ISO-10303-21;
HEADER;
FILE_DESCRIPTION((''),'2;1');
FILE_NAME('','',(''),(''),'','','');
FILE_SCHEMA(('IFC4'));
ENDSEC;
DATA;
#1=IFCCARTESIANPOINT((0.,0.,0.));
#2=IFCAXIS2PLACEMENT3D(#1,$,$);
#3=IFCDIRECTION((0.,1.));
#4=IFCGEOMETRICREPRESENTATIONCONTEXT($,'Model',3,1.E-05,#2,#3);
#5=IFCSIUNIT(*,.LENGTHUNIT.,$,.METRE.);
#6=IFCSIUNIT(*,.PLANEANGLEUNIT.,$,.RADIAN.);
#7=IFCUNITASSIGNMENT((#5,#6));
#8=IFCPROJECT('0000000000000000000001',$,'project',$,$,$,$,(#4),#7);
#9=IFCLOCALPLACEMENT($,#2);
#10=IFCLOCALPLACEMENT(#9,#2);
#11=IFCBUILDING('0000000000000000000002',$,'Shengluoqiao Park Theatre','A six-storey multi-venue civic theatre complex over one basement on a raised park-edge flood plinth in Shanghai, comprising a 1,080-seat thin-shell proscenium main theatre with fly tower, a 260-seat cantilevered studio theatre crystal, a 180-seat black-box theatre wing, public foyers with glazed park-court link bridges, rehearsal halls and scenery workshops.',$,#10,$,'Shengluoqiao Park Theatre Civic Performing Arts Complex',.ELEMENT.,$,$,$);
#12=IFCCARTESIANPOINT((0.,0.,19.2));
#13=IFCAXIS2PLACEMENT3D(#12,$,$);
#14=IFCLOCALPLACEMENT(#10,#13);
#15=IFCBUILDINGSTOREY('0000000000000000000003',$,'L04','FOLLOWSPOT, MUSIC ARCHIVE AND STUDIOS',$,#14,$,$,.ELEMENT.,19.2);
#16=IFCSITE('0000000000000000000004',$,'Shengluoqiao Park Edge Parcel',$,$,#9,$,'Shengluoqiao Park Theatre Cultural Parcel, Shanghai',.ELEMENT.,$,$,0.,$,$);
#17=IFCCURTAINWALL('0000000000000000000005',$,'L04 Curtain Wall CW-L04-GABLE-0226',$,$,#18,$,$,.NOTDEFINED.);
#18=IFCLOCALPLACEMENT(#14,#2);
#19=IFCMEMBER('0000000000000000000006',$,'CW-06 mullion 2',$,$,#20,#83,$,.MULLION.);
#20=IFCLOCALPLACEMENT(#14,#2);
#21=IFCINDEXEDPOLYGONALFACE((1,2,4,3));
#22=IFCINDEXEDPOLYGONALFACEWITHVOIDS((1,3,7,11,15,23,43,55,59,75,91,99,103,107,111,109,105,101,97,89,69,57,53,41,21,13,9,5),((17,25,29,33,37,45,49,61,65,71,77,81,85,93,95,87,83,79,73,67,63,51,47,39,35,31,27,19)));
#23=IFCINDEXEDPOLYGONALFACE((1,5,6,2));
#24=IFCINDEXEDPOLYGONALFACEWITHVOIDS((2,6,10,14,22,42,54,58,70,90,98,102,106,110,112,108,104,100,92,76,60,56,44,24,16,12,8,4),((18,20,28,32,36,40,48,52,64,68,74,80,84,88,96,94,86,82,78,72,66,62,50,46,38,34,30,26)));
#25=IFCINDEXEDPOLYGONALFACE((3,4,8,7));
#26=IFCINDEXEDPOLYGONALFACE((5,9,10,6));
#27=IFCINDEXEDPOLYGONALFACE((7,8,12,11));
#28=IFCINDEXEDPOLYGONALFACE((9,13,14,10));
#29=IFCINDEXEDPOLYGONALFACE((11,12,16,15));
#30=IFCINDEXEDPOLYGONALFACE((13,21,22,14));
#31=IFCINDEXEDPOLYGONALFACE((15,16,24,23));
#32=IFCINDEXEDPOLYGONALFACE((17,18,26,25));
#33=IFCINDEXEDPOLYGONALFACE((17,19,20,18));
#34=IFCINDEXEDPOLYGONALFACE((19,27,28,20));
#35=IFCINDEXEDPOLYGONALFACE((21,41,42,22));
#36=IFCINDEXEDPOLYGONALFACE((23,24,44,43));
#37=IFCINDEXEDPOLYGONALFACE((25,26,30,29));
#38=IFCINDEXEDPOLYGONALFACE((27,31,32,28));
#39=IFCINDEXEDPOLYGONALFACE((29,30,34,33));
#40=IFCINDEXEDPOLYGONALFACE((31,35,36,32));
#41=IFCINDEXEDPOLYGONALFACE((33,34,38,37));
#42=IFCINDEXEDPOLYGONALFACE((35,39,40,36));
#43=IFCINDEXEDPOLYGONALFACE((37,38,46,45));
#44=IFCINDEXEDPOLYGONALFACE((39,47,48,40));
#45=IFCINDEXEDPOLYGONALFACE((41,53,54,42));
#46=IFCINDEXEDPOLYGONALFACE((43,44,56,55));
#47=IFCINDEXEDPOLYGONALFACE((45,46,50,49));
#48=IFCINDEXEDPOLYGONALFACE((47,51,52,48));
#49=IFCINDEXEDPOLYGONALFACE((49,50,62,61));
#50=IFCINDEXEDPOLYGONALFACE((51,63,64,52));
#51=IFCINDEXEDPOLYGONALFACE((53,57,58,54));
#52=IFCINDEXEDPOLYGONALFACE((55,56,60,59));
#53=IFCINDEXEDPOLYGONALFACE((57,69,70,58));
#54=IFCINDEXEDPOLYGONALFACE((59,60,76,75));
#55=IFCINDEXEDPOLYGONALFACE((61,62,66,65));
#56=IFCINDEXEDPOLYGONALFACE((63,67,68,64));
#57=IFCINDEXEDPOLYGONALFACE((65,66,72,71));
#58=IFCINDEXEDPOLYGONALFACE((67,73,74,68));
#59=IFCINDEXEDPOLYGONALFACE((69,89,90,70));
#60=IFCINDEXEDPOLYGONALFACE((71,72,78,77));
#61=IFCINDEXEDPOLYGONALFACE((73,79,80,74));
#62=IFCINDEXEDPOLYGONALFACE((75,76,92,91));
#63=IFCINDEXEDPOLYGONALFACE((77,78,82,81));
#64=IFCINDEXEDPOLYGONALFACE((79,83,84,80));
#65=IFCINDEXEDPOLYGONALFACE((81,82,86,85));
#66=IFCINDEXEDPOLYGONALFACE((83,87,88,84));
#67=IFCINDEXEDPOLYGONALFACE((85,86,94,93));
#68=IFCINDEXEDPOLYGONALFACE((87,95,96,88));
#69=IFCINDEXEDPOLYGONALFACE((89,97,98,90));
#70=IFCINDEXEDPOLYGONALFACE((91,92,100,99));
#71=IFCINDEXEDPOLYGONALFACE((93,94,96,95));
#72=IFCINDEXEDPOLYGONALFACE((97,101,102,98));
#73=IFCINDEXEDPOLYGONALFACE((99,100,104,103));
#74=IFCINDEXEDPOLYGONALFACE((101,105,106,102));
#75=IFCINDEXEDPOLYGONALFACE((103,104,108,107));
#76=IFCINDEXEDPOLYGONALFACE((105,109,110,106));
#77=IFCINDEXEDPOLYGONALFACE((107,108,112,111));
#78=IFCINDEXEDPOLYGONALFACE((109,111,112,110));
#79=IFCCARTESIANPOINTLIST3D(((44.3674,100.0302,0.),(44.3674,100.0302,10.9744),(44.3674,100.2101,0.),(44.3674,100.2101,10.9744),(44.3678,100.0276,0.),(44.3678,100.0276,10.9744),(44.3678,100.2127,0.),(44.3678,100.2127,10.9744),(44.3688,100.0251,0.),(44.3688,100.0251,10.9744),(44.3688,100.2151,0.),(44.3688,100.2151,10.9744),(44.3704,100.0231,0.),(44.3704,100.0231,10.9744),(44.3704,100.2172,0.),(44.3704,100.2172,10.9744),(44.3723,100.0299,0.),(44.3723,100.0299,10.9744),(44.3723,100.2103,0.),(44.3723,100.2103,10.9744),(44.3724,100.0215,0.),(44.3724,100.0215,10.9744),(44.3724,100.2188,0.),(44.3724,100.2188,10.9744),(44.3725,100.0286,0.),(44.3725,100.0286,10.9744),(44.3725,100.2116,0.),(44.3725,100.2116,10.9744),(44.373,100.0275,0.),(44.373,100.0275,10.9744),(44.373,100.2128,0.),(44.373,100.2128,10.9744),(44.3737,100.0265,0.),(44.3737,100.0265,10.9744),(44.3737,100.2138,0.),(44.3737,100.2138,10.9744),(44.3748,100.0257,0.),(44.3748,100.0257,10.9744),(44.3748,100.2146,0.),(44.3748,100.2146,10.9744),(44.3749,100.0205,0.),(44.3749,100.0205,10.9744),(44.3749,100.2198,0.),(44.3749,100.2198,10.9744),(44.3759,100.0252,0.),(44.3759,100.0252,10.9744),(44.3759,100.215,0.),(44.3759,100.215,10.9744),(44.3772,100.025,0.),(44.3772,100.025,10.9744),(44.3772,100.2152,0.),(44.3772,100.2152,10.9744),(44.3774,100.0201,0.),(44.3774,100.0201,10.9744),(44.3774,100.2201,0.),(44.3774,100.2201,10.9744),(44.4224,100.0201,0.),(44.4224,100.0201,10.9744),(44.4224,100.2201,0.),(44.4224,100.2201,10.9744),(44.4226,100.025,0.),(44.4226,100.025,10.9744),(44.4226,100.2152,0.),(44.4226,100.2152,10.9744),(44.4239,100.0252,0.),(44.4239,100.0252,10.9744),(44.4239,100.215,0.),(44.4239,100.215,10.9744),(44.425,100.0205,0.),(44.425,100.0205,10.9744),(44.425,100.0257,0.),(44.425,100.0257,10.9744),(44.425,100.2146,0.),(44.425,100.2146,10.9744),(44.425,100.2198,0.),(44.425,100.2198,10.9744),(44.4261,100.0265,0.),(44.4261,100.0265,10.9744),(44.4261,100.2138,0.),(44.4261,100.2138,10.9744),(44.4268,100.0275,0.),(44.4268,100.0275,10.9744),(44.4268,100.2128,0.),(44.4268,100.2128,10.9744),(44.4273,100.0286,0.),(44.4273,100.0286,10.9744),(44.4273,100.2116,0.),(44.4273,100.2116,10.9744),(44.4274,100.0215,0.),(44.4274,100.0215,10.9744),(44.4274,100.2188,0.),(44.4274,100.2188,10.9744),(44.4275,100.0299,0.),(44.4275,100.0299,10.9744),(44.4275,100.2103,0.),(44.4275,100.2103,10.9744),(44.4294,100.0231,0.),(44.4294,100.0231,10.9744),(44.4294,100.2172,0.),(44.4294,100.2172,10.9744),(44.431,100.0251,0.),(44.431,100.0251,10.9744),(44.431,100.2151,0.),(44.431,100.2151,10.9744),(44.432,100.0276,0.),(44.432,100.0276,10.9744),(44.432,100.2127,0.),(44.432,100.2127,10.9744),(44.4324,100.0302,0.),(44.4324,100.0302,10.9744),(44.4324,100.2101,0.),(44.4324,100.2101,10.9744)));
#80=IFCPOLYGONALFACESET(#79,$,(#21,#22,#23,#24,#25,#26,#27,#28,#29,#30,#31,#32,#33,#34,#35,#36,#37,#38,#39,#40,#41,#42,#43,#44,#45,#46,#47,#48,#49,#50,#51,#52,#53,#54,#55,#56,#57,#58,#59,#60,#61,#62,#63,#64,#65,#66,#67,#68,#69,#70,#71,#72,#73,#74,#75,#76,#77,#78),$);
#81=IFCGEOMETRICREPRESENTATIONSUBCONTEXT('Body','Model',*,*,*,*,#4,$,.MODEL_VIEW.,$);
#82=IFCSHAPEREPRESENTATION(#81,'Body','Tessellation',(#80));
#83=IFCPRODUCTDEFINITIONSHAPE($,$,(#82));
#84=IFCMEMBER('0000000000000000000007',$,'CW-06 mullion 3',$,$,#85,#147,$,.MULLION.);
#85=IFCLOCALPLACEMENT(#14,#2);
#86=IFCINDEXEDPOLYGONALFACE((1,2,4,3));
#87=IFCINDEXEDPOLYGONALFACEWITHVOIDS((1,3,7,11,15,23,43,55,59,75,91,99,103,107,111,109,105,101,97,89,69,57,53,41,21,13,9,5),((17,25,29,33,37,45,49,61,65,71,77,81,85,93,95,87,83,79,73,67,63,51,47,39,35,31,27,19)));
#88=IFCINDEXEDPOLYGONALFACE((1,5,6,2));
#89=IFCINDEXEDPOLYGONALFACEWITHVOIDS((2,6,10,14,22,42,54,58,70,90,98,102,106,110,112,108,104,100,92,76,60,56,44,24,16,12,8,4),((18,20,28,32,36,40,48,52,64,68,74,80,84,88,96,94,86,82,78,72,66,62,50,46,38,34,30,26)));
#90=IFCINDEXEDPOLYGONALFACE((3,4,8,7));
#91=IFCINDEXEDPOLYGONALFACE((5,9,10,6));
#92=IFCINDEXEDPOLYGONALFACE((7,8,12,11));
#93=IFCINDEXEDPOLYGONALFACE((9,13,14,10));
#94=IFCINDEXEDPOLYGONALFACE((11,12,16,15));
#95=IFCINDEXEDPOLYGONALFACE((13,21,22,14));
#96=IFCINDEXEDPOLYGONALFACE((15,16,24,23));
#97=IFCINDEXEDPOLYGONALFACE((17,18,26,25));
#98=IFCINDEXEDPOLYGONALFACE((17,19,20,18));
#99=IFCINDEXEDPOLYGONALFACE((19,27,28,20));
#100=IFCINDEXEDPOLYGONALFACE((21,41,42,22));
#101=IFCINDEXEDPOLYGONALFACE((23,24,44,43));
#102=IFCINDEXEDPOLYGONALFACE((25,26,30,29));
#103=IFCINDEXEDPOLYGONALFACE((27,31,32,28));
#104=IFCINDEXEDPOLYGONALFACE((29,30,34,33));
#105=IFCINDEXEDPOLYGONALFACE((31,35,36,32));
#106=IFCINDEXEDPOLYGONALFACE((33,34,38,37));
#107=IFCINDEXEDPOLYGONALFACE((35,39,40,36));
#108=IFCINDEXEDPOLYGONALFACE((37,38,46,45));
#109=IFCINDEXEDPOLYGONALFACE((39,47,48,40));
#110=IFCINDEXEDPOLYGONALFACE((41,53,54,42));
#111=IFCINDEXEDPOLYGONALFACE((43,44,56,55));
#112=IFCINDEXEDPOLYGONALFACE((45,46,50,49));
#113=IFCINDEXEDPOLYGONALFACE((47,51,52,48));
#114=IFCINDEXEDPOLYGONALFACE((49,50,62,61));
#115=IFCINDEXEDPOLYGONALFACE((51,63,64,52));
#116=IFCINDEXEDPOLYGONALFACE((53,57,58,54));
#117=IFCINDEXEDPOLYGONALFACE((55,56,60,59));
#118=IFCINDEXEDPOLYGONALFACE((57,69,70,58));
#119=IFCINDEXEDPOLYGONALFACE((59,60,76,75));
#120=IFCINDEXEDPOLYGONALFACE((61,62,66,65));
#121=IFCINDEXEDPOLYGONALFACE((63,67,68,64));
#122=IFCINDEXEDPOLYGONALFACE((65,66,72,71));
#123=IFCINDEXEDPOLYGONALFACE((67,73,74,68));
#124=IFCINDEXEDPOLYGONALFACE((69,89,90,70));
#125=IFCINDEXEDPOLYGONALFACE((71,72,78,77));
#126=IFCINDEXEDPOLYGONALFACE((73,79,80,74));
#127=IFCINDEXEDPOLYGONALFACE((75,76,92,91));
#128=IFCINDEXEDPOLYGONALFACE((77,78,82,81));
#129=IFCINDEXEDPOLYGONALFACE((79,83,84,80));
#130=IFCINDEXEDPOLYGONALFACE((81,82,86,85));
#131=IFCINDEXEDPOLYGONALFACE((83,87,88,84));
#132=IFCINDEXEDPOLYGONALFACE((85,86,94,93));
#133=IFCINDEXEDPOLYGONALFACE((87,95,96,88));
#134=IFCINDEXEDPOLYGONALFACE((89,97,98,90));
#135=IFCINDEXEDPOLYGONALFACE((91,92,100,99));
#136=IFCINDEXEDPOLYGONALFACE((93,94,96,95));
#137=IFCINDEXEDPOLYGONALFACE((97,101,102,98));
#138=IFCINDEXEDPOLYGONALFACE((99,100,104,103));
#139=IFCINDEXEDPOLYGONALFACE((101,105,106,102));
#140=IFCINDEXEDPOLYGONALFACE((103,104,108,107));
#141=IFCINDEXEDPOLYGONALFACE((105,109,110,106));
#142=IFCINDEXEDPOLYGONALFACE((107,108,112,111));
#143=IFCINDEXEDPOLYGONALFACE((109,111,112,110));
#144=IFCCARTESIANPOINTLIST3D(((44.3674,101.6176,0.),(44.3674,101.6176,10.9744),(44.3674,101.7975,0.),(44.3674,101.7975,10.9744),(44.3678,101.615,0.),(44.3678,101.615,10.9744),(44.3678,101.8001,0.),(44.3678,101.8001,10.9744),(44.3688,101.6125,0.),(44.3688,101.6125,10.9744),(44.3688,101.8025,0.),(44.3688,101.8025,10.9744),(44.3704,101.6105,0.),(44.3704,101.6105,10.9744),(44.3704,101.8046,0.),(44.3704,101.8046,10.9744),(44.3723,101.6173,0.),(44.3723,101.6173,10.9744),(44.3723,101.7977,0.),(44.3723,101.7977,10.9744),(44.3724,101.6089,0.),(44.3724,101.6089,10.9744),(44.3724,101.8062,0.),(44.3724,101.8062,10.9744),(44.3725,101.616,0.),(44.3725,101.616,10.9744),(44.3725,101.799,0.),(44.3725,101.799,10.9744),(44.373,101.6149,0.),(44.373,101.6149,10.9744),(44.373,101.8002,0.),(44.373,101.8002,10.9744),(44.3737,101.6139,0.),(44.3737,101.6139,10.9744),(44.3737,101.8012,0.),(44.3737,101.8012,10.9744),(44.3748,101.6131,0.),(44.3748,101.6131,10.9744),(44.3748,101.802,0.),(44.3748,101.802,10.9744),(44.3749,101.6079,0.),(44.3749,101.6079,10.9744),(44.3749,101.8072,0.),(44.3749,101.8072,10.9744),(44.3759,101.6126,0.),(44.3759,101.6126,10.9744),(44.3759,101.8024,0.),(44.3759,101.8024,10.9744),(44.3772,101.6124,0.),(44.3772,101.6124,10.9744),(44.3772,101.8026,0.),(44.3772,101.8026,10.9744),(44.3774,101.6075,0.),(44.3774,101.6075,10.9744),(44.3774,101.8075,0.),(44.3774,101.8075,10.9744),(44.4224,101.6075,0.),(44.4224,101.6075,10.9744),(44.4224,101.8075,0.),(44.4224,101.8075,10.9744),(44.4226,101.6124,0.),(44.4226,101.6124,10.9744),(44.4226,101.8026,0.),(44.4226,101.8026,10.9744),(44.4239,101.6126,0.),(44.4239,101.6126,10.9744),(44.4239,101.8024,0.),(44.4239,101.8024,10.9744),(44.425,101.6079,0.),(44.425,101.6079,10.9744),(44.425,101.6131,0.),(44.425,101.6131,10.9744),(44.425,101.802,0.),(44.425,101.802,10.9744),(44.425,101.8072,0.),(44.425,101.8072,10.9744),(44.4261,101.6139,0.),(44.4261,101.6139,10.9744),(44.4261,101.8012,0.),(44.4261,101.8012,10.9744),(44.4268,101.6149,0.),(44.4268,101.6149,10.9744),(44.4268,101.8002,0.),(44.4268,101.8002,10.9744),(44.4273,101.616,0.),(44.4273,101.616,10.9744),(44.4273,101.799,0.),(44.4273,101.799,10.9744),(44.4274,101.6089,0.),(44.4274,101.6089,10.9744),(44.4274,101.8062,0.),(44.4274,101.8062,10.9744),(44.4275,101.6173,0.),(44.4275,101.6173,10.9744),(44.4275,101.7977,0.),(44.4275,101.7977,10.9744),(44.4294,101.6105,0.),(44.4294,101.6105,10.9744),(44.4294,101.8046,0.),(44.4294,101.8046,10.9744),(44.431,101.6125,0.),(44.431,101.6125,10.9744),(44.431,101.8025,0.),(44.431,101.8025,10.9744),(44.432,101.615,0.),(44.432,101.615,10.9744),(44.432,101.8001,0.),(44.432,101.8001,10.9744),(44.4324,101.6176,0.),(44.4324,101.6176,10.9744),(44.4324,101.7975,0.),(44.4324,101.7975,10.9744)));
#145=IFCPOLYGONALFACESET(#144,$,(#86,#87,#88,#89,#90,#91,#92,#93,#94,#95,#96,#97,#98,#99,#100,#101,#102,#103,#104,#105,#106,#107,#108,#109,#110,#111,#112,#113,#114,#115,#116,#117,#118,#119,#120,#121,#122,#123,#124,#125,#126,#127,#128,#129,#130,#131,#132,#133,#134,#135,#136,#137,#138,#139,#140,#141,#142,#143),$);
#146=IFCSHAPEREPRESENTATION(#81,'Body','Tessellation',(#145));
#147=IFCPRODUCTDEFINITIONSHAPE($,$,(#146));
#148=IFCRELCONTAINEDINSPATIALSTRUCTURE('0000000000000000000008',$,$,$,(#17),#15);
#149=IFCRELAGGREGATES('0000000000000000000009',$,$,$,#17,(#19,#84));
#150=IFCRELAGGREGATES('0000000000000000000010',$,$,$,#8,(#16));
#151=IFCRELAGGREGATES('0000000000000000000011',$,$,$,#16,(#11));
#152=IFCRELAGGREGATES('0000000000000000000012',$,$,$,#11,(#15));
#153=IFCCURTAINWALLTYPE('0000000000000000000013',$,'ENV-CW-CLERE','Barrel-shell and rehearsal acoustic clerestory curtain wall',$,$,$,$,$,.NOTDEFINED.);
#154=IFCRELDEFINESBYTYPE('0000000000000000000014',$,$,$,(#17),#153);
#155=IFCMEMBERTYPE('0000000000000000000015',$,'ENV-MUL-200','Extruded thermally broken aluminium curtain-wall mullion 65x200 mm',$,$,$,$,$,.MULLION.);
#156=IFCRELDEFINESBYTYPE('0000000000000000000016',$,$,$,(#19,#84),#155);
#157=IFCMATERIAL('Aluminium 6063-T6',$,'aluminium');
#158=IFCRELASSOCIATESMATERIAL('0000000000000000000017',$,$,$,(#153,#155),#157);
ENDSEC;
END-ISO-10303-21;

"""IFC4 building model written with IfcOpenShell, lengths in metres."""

from ifc_helpers import new_model, si_unit, direction, frame, origin, origin_2d, place, context, subcontext, project, spatial, hollow_rectangle, extrude, material, material_profile, profile_set, type_object, element, aggregate, save


model = new_model("IFC4")

# Units and contexts
model_context = context("Model", 3, precision=1e-05, world=origin(), true_north=direction((0.0, 1.0)))
body_context = subcontext(model_context, "Body", "Model", "MODEL_VIEW")
ifc_project = project(units=[si_unit("LENGTHUNIT", "METRE"), si_unit("PLANEANGLEUNIT", "RADIAN")], contexts=[model_context])

# Site, building, storey
site_placement = place(None, origin())
site = spatial("IfcSite", under=ifc_project, at=site_placement, Name="Shengluoqiao Park Edge Parcel", LongName="Shengluoqiao Park Theatre Cultural Parcel, Shanghai", CompositionType="ELEMENT", RefElevation=0.0)
building_placement = place(site_placement, origin())
building = spatial("IfcBuilding", under=site, at=building_placement, Name="Shengluoqiao Park Theatre", Description="A six-storey multi-venue civic theatre complex over one basement on a raised park-edge flood plinth in Shanghai, comprising a 1,080-seat thin-shell proscenium main theatre with fly tower, a 260-seat cantilevered studio theatre crystal, a 180-seat black-box theatre wing, public foyers with glazed park-court link bridges, rehearsal halls and scenery workshops.", LongName="Shengluoqiao Park Theatre Civic Performing Arts Complex", CompositionType="ELEMENT")
storey_placement = place(building_placement, frame((0.0, 0.0, 19.2)))
storey = spatial("IfcBuildingStorey", under=building, at=storey_placement, Name="L04", Description="FOLLOWSPOT, MUSIC ARCHIVE AND STUDIOS", CompositionType="ELEMENT", Elevation=19.2)

# Shared definitions
ifc_material_1 = material(Name="Aluminium 6063-T6", Category="aluminium")
curtain_wall_type = type_object("IfcCurtainWallType", Name="ENV-CW-CLERE", Description="Barrel-shell and rehearsal acoustic clerestory curtain wall", PredefinedType="NOTDEFINED", material=ifc_material_1)
ifc_material_profile_1 = material_profile(ifc_material_1, hollow_rectangle(XDim=0.0649, YDim=0.2, WallThickness=0.0049, InnerFilletRadius=0.0049, OuterFilletRadius=0.01, at=origin_2d()), Name="ALU MULLION 200x65x5")
ifc_profile_set_1 = profile_set([ifc_material_profile_1], Name="Aluminium 6063-T6")
member_type_1 = type_object("IfcMemberType", Name="ENV-MUL-200", Description="Extruded thermally broken aluminium curtain-wall mullion 65x200 mm", PredefinedType="MULLION", material=ifc_profile_set_1)

# Curtain wall, members
curtain_wall_1_placement = place(storey_placement, origin())
curtain_wall_1 = element("IfcCurtainWall", 1, at=curtain_wall_1_placement, inside=storey, type_object=curtain_wall_type, Name="L04 Curtain Wall CW-L04-GABLE-0226", PredefinedType="NOTDEFINED")
member_1_placement = place(storey_placement, frame((44.3999, 100.1201, 0.0), z_axis=(0.0, 0.0, 1.0), x_axis=(-1.0, 0.0, 0.0)))
member_1 = element("IfcMember", 2, at=member_1_placement, type_object=member_type_1, Name="CW-06 mullion 2", PredefinedType="MULLION", context=body_context, shape_type="SweptSolid", body=[
    extrude(hollow_rectangle(XDim=0.0649, YDim=0.2, WallThickness=0.0049, InnerFilletRadius=0.0049, OuterFilletRadius=0.01, at=origin_2d()), origin(), (0.0, 0.0, 1.0), 10.9744),
])
member_2_placement = place(storey_placement, frame((44.3999, 101.7075, 0.0), z_axis=(0.0, 0.0, 1.0), x_axis=(-1.0, 0.0, 0.0)))
member_2 = element("IfcMember", 3, at=member_2_placement, type_object=member_type_1, Name="CW-06 mullion 3", PredefinedType="MULLION", context=body_context, shape_type="SweptSolid", body=[
    extrude(hollow_rectangle(XDim=0.0649, YDim=0.2, WallThickness=0.0049, InnerFilletRadius=0.0049, OuterFilletRadius=0.01, at=origin_2d()), origin(), (0.0, 0.0, 1.0), 10.9744),
])

aggregate(curtain_wall_1, [member_1, member_2])

save(model, "model.ifc")
